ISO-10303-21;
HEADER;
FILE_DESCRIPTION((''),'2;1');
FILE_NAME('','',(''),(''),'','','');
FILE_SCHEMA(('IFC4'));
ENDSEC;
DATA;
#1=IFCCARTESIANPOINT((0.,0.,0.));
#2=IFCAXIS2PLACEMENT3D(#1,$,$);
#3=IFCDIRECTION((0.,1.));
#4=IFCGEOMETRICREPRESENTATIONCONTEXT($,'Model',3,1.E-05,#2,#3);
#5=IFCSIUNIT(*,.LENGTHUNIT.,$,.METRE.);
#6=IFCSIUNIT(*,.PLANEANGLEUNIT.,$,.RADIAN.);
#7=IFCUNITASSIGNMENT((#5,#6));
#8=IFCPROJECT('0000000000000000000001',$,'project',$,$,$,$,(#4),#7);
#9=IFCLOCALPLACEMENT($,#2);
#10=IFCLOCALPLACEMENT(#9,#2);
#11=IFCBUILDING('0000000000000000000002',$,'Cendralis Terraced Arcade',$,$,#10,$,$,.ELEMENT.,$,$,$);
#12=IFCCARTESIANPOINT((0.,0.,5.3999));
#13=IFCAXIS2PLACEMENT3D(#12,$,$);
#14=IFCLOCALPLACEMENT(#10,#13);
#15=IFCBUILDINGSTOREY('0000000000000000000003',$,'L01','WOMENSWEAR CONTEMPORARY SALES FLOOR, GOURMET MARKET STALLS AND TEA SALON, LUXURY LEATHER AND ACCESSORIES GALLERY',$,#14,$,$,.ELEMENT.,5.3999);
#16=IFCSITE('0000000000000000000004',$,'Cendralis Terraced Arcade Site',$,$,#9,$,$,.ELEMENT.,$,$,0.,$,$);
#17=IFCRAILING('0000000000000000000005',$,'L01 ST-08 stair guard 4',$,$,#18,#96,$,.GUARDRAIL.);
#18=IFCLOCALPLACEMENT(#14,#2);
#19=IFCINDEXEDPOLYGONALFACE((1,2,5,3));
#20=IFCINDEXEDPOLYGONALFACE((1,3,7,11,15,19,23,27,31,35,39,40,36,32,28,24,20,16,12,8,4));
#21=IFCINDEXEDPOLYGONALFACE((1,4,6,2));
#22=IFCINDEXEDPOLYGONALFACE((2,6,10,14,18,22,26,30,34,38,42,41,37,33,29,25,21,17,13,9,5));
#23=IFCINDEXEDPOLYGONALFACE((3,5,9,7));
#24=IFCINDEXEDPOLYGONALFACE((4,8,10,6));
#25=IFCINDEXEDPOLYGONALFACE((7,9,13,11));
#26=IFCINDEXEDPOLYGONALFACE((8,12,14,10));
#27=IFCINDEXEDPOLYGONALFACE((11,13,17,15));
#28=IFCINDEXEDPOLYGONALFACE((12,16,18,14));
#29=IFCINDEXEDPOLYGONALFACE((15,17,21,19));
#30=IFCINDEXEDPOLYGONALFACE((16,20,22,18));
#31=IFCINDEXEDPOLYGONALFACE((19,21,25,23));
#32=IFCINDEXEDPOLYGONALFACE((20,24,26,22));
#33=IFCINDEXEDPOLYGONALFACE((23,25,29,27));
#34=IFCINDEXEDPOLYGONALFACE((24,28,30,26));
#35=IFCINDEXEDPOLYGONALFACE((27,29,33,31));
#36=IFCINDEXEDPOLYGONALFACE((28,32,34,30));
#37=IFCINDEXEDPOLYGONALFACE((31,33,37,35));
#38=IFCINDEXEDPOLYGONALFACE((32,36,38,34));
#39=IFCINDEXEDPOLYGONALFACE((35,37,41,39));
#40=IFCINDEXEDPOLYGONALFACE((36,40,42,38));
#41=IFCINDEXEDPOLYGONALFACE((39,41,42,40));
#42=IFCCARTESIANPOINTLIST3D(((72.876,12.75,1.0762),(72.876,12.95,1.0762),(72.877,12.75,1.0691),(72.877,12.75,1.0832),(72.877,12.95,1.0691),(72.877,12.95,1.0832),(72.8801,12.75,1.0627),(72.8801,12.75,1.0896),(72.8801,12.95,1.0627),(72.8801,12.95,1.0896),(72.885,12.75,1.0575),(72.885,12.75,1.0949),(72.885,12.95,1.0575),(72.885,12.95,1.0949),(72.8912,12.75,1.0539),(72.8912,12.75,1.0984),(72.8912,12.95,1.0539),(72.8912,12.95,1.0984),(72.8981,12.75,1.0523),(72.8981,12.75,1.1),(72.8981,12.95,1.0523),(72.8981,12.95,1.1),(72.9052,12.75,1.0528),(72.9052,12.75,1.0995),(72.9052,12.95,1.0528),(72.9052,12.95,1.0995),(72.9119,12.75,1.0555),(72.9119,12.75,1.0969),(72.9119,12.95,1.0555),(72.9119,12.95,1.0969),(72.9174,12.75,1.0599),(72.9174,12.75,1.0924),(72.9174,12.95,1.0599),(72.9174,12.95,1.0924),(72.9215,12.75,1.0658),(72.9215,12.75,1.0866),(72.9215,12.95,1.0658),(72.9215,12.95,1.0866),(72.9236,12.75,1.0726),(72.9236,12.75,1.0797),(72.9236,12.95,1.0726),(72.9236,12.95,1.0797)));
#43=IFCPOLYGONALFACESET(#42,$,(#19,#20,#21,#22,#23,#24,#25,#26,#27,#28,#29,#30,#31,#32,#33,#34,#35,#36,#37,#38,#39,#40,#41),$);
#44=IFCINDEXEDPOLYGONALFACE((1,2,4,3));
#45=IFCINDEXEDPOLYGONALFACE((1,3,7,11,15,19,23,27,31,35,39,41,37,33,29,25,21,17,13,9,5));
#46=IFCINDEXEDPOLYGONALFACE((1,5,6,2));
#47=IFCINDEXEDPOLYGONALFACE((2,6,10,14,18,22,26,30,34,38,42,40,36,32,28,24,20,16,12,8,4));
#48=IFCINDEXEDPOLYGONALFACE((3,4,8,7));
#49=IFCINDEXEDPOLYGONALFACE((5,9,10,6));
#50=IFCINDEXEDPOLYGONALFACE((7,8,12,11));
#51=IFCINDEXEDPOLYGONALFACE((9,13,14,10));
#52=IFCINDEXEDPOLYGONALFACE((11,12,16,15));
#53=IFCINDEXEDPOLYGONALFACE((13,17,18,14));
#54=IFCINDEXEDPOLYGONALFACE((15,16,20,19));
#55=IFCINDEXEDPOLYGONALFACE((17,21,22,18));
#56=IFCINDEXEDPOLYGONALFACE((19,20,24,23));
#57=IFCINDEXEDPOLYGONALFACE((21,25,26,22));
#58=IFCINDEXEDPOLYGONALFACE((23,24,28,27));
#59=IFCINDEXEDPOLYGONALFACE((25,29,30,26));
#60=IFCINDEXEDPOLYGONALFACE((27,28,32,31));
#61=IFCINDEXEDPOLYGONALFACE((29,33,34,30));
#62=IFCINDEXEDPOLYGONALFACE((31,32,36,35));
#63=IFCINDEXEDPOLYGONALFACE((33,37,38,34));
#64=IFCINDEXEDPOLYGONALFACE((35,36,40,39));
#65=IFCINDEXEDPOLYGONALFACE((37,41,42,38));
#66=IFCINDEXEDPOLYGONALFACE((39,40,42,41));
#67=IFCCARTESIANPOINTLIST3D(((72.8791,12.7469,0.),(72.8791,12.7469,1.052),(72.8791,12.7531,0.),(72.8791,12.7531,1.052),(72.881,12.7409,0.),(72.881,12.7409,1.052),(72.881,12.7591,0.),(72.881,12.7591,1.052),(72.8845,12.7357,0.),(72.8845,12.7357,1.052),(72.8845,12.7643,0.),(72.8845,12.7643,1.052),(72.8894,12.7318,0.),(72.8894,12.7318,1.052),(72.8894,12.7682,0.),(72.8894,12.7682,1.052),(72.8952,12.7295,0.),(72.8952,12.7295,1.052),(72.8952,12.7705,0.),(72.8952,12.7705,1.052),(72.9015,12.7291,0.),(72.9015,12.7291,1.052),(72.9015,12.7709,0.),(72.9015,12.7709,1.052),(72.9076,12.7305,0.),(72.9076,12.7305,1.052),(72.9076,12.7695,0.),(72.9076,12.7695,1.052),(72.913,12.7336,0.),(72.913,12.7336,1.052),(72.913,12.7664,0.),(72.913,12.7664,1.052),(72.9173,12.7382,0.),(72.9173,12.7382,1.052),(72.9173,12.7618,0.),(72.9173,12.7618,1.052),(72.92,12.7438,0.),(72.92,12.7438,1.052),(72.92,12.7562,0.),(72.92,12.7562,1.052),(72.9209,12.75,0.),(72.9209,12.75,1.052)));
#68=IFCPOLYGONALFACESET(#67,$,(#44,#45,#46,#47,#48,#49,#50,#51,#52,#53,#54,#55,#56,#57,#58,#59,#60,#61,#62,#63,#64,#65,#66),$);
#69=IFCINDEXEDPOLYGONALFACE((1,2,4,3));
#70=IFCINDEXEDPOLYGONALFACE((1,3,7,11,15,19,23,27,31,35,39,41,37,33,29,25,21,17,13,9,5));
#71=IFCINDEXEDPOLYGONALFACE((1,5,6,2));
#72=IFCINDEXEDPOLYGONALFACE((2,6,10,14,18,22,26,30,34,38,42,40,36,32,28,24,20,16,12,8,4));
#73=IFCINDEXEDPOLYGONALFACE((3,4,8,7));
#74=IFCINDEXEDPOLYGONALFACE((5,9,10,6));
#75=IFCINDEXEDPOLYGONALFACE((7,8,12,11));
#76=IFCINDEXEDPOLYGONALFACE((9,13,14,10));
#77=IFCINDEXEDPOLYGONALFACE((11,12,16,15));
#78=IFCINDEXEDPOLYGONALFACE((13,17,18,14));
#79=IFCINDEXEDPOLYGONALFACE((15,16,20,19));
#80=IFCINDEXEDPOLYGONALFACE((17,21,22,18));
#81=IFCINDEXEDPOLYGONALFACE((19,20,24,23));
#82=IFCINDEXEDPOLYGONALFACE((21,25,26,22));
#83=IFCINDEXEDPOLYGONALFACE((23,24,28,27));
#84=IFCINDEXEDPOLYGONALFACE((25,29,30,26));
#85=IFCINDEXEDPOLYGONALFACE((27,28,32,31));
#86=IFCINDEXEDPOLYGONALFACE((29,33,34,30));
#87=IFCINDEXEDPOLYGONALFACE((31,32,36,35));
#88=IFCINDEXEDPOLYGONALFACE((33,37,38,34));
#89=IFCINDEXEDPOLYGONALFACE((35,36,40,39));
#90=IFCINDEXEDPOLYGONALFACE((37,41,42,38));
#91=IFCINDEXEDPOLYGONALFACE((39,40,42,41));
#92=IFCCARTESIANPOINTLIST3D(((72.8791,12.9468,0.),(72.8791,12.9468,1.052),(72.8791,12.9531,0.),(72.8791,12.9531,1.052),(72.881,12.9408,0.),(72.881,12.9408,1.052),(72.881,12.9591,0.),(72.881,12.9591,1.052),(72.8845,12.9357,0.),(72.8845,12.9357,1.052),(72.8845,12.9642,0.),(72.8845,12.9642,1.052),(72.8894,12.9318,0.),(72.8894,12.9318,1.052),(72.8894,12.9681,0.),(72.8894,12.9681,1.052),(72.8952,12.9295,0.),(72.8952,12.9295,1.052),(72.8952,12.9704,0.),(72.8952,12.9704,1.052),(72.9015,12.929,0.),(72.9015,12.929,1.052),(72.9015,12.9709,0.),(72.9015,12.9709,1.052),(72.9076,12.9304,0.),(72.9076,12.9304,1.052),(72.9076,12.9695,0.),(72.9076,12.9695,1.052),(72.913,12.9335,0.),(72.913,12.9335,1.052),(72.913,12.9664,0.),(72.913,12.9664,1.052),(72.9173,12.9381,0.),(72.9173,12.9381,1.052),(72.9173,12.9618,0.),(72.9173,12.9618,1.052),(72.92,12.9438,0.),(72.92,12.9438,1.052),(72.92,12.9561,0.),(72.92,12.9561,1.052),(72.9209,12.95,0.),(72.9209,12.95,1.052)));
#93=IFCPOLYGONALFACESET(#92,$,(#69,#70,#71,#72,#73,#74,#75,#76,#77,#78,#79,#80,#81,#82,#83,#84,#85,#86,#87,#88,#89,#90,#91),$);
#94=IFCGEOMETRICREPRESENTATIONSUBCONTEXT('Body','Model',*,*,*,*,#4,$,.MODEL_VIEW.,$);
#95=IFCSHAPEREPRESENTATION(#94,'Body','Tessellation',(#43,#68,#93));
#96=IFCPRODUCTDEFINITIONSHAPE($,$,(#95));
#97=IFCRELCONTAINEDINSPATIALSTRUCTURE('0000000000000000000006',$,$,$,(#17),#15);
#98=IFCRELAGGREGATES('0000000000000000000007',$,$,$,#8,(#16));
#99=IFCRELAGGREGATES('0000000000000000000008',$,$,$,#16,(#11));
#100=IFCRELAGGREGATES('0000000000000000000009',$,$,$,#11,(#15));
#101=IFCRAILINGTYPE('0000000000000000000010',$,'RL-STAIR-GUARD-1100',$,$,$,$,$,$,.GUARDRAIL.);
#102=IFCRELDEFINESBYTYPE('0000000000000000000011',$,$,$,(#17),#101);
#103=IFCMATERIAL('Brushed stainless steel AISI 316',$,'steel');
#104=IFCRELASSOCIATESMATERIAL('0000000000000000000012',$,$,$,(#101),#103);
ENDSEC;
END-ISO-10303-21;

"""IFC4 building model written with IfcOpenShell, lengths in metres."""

from ifc_helpers import new_model, si_unit, direction, frame, origin, origin_2d, place, context, subcontext, project, spatial, circle, extrude, material, type_object, element, save


model = new_model("IFC4")

# Units and contexts
model_context = context("Model", 3, precision=1e-05, world=origin(), true_north=direction((0.0, 1.0)))
body_context = subcontext(model_context, "Body", "Model", "MODEL_VIEW")
ifc_project = project(units=[si_unit("LENGTHUNIT", "METRE"), si_unit("PLANEANGLEUNIT", "RADIAN")], contexts=[model_context])

# Site, building, storey
site_placement = place(None, origin())
site = spatial("IfcSite", under=ifc_project, at=site_placement, Name="Cendralis Terraced Arcade Site", CompositionType="ELEMENT", RefElevation=0.0)
building_placement = place(site_placement, origin())
building = spatial("IfcBuilding", under=site, at=building_placement, Name="Cendralis Terraced Arcade", CompositionType="ELEMENT")
storey_placement = place(building_placement, frame((0.0, 0.0, 5.3999)))
storey = spatial("IfcBuildingStorey", under=building, at=storey_placement, Name="L01", Description="WOMENSWEAR CONTEMPORARY SALES FLOOR, GOURMET MARKET STALLS AND TEA SALON, LUXURY LEATHER AND ACCESSORIES GALLERY", CompositionType="ELEMENT", Elevation=5.3999)

# Railing
ifc_material_1 = material(Name="Brushed stainless steel AISI 316", Category="steel")
railing_type_1 = type_object("IfcRailingType", Name="RL-STAIR-GUARD-1100", PredefinedType="GUARDRAIL", material=ifc_material_1)
railing_1_placement = place(storey_placement, frame((72.8999, 12.75, 0.0)))
element("IfcRailing", 1, at=railing_1_placement, inside=storey, type_object=railing_type_1, Name="L01 ST-08 stair guard 4", PredefinedType="GUARDRAIL", context=body_context, shape_type="SweptSolid", body=[
    extrude(circle(Radius=0.0239, at=origin_2d()), frame((0.0, 0.0, 1.0762), z_axis=(0.0, 1.0, 0.0), x_axis=(-1.0, 0.0, 0.0)), (0.0, 0.0, 1.0), 0.2),
    extrude(circle(Radius=0.021, at=origin_2d()), origin(), (0.0, 0.0, 1.0), 1.052),
    extrude(circle(Radius=0.021, at=origin_2d()), frame((0.0, 0.2, 0.0)), (0.0, 0.0, 1.0), 1.052),
])

save(model, "model.ifc")
